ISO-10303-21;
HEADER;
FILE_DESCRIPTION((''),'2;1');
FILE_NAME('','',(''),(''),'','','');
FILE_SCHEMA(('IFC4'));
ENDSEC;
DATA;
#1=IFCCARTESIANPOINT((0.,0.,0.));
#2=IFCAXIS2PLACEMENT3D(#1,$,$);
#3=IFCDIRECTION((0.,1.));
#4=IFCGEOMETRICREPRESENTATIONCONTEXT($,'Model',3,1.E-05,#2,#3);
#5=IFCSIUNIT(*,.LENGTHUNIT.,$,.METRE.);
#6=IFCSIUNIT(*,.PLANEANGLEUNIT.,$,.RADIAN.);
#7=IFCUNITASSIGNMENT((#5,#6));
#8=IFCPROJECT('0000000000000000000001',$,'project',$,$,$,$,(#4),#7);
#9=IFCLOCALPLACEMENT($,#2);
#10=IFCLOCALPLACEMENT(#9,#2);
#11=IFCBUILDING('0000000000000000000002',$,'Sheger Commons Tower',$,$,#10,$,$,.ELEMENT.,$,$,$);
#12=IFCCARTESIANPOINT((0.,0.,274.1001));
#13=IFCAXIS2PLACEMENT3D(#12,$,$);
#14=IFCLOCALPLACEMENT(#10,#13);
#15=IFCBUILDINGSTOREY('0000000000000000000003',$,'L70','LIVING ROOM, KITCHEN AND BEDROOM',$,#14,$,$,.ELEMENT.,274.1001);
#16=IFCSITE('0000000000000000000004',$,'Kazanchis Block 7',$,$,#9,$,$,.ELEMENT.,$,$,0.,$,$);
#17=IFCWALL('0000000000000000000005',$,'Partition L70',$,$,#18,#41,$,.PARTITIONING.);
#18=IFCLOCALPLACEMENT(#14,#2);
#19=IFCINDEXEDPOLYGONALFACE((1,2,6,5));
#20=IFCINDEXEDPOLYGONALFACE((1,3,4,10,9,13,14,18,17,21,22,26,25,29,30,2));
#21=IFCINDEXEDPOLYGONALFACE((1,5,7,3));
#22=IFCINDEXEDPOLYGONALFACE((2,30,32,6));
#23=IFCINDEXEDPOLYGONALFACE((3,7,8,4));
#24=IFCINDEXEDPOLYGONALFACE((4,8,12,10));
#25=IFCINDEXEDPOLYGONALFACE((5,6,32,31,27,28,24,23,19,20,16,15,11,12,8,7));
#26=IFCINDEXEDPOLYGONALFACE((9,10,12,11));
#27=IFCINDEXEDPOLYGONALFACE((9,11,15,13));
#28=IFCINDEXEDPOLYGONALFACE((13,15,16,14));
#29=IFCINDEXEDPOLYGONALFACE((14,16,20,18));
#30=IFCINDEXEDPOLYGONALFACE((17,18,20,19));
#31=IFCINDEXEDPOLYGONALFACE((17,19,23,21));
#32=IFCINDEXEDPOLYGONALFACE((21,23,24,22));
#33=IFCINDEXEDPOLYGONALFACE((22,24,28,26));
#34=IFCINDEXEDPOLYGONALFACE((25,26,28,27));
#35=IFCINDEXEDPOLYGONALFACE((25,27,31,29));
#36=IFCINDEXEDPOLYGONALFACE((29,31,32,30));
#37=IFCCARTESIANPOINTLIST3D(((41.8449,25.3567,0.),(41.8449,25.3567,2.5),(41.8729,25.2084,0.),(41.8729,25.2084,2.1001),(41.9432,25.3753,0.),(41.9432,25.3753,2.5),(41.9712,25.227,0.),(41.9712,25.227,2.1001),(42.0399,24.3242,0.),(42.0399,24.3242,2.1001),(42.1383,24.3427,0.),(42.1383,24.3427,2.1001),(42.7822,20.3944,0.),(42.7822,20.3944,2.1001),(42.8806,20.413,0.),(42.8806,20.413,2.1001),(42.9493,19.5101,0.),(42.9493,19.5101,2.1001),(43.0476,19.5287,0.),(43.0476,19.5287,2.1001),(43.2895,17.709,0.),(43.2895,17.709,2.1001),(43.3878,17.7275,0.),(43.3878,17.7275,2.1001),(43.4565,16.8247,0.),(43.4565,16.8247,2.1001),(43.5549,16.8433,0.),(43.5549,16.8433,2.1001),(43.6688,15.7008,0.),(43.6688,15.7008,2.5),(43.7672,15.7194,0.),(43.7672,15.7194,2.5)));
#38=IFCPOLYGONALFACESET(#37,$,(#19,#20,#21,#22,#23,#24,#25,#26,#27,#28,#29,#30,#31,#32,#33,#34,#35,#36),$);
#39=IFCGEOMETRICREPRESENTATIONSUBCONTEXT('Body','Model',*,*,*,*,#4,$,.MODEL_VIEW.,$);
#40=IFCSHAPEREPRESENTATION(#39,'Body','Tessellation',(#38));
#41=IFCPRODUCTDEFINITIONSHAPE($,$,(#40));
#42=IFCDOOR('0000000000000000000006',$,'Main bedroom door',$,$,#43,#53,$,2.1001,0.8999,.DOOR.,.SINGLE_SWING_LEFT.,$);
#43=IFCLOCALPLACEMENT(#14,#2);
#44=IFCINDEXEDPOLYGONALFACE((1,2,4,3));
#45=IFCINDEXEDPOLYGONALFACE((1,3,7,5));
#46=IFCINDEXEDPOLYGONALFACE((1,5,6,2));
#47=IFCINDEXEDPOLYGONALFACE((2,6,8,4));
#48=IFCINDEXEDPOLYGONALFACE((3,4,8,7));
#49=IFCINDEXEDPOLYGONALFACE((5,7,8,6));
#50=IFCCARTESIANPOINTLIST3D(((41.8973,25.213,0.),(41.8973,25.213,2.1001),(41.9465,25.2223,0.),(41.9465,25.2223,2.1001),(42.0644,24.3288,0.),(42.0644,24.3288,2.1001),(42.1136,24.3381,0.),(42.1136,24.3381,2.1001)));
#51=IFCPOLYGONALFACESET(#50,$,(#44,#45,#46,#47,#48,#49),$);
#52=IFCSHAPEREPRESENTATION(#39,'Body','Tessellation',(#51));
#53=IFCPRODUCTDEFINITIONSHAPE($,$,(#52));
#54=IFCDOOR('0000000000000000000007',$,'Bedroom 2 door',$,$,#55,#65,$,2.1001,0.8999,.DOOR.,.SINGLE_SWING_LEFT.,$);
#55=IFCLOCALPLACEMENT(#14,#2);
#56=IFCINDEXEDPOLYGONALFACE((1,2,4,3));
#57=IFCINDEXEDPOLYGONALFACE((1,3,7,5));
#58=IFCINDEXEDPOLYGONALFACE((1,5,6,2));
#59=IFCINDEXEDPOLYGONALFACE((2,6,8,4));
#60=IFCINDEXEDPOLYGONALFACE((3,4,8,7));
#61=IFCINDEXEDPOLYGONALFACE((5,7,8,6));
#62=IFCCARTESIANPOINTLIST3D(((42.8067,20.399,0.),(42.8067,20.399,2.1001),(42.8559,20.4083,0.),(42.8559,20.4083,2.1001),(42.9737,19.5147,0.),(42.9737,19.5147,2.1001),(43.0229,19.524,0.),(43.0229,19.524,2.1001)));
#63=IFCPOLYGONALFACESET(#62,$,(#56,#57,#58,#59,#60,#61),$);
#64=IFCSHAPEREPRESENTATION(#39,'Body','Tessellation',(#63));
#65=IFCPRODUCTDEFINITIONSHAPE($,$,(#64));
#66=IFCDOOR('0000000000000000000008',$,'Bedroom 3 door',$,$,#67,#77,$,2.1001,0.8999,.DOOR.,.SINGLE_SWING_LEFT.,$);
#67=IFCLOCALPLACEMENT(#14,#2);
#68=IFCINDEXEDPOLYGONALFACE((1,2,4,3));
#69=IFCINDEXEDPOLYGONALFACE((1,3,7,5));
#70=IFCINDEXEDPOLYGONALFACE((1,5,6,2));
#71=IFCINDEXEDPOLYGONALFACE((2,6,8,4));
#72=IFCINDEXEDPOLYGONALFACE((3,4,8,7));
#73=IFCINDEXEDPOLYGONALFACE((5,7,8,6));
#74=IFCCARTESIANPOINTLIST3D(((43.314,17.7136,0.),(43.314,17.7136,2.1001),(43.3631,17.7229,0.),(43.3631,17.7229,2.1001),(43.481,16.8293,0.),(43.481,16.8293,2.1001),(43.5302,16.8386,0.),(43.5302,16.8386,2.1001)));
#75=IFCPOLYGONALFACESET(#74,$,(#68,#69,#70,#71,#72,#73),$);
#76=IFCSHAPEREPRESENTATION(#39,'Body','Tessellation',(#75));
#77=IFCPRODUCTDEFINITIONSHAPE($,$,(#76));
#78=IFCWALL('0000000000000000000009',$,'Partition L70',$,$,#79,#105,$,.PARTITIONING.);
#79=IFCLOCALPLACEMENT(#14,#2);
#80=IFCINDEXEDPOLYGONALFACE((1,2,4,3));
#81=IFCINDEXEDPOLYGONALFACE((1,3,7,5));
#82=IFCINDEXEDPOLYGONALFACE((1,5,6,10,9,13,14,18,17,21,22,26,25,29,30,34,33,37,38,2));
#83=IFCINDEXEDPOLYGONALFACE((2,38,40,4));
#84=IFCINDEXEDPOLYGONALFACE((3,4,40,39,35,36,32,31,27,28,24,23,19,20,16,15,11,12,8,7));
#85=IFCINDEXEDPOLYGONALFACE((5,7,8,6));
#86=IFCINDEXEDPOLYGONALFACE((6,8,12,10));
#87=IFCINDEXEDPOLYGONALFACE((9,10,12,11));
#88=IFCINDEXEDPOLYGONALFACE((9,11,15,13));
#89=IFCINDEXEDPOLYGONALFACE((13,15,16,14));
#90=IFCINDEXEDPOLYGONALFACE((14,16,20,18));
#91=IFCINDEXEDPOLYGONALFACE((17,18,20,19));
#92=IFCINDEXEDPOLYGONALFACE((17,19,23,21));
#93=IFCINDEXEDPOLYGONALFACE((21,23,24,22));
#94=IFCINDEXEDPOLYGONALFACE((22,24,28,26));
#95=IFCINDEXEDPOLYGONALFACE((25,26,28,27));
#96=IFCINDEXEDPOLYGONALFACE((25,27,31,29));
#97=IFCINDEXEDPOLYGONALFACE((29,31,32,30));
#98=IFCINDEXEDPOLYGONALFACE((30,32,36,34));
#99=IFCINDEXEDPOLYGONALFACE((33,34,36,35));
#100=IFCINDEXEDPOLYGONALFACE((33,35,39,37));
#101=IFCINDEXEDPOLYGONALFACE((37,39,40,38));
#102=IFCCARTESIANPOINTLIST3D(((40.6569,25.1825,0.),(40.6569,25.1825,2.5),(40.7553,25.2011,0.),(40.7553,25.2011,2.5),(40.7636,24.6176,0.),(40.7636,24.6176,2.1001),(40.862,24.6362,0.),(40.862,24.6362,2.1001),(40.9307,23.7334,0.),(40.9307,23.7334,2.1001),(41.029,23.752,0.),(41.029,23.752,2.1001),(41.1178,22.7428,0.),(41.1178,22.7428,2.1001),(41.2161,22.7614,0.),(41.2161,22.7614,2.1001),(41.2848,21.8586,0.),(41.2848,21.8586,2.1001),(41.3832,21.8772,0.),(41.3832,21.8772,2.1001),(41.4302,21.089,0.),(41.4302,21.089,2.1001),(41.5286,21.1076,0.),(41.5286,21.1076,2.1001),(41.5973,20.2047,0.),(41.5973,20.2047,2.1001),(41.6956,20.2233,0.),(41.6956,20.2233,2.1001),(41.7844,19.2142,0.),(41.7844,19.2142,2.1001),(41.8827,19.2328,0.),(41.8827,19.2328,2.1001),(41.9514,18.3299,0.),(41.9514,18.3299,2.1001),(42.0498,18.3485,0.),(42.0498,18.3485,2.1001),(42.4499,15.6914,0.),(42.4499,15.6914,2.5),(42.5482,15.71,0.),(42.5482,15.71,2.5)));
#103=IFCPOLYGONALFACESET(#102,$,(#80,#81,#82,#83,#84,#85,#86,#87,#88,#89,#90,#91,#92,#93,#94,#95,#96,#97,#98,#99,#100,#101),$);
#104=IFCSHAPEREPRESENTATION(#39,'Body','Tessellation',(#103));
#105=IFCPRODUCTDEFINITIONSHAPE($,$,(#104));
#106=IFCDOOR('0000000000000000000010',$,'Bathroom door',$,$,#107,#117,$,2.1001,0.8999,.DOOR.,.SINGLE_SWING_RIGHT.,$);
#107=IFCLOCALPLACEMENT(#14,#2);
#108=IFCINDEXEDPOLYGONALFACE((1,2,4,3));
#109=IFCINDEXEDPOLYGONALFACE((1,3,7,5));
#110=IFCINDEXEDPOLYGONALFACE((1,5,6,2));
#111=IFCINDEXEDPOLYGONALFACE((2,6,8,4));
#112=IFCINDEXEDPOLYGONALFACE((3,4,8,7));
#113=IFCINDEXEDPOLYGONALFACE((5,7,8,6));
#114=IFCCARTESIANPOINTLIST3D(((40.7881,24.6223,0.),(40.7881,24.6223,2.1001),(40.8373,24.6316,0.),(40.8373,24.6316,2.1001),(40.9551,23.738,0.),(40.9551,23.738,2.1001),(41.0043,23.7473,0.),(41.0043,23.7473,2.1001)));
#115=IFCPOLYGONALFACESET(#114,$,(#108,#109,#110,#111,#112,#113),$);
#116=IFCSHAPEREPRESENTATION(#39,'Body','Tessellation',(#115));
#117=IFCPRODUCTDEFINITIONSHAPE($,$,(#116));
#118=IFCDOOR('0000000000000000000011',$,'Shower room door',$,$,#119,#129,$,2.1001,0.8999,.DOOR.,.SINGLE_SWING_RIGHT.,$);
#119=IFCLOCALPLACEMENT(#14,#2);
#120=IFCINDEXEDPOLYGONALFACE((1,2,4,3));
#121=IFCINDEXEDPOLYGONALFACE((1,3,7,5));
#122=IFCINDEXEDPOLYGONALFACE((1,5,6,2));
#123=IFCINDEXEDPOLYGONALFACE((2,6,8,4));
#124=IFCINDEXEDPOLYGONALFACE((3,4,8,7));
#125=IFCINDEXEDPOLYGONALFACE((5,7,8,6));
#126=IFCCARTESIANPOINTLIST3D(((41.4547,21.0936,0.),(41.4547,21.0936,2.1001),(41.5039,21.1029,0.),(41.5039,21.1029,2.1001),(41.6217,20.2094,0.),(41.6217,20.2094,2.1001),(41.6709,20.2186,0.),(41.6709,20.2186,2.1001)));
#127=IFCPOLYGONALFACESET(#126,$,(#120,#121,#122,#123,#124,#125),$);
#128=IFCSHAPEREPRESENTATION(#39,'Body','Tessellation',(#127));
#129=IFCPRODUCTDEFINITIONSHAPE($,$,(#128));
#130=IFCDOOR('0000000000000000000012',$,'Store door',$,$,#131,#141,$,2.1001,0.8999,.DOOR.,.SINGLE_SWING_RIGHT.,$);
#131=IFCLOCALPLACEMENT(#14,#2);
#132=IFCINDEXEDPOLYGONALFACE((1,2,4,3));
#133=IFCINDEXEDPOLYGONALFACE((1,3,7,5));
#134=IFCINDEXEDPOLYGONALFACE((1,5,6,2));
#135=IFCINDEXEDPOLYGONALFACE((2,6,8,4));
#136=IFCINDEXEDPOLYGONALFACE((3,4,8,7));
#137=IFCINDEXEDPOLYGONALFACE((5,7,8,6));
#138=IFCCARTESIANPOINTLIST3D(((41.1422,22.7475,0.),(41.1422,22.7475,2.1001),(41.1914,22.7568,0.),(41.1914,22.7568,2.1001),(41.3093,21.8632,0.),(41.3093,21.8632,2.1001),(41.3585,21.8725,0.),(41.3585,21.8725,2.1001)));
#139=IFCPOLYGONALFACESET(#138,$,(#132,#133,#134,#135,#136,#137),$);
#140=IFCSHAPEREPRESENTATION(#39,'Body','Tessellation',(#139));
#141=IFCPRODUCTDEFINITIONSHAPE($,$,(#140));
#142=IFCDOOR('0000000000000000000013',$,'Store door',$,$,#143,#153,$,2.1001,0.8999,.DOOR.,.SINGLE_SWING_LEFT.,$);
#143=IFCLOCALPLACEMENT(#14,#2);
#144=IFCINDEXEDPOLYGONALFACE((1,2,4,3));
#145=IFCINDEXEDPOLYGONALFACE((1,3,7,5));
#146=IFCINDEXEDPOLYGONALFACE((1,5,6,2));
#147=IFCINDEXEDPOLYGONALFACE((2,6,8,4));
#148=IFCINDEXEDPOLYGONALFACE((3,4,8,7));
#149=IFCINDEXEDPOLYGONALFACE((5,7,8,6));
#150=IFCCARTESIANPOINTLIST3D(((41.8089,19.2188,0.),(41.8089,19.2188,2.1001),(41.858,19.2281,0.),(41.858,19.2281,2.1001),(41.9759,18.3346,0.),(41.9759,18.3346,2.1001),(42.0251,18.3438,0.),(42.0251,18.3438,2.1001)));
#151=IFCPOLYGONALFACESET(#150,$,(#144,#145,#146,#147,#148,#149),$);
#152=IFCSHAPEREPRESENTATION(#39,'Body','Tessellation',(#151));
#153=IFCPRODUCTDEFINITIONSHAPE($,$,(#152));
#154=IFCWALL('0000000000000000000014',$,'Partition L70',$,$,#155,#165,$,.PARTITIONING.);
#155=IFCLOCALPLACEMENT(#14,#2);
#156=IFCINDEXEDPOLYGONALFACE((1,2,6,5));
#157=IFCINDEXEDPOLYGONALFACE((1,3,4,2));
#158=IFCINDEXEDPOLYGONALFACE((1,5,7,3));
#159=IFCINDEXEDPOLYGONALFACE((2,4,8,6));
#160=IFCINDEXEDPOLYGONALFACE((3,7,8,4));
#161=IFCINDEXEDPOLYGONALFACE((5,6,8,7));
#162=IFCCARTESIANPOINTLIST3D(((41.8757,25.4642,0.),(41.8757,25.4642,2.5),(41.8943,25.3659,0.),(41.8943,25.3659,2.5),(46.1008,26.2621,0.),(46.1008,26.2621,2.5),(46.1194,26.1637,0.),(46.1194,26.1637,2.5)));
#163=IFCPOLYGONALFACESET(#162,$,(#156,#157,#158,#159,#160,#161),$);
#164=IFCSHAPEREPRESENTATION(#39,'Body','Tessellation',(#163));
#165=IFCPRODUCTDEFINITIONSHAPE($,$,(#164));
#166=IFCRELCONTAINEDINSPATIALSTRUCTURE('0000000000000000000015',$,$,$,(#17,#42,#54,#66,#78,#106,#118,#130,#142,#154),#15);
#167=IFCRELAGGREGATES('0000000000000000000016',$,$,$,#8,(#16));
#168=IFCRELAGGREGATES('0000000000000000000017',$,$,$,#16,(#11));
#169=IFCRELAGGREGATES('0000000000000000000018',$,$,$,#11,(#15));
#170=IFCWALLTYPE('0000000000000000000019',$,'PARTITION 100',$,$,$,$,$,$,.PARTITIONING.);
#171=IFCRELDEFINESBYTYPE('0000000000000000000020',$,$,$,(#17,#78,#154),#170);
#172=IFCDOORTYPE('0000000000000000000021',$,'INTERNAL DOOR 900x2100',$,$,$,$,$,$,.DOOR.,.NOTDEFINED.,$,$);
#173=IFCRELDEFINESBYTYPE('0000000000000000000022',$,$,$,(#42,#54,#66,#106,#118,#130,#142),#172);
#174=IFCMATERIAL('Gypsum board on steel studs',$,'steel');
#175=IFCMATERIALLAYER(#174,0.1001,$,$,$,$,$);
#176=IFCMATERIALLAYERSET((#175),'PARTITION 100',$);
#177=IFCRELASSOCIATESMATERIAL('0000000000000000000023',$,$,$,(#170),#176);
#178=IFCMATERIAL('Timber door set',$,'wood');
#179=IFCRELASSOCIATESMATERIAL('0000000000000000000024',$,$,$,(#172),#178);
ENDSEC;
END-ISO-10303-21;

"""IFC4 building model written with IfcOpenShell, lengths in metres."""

from ifc_helpers import new_model, si_unit, direction, frame, frame_2d, origin, place, context, subcontext, project, spatial, rectangle, extrude, material, layer, layer_set, type_object, element, fill, save


model = new_model("IFC4")

# Units and contexts
model_context = context("Model", 3, precision=1e-05, world=origin(), true_north=direction((0.0, 1.0)))
body_context = subcontext(model_context, "Body", "Model", "MODEL_VIEW")
ifc_project = project(units=[si_unit("LENGTHUNIT", "METRE"), si_unit("PLANEANGLEUNIT", "RADIAN")], contexts=[model_context])

# Site, building, storey
site_placement = place(None, origin())
site = spatial("IfcSite", under=ifc_project, at=site_placement, Name="Kazanchis Block 7", CompositionType="ELEMENT", RefElevation=0.0)
building_placement = place(site_placement, origin())
building = spatial("IfcBuilding", under=site, at=building_placement, Name="Sheger Commons Tower", CompositionType="ELEMENT")
storey_placement = place(building_placement, frame((0.0, 0.0, 274.1001)))
storey = spatial("IfcBuildingStorey", under=building, at=storey_placement, Name="L70", Description="LIVING ROOM, KITCHEN AND BEDROOM", CompositionType="ELEMENT", Elevation=274.1001)

# Walls, openings, doors
ifc_material_1 = material(Name="Gypsum board on steel studs", Category="steel")
ifc_layer_1 = layer(ifc_material_1, 0.1001)
ifc_layer_set_1 = layer_set([ifc_layer_1], Name="PARTITION 100")
wall_type_1 = type_object("IfcWallType", Name="PARTITION 100", PredefinedType="PARTITIONING", material=ifc_layer_set_1)
wall_1_placement = place(storey_placement, frame((41.894, 25.366, 0.0), z_axis=(0.0, 0.0, 1.0), x_axis=(0.185613, -0.982623, 0.0)))
wall_1 = element("IfcWall", 1, at=wall_1_placement, inside=storey, type_object=wall_type_1, Name="Partition L70", PredefinedType="PARTITIONING", context=body_context, shape_type="SweptSolid", body=[
    extrude(rectangle(XDim=9.8267, YDim=0.1001, at=frame_2d((4.9133, 0.0))), origin(), (0.0, 0.0, 1.0), 2.5),
])
opening_1_placement = place(wall_1_placement, frame((0.1509, 0.0, 0.0)))
opening_1 = element("IfcOpeningElement", 2, at=opening_1_placement, cuts=wall_1, PredefinedType="OPENING", context=body_context, shape_type="SweptSolid", body=[
    extrude(rectangle(XDim=0.8999, YDim=2.1001, at=frame_2d((0.45, 1.05))), frame((0.0, 0.0601, 0.0), z_axis=(0.0, -1.0, 0.0), x_axis=(1.0, 0.0, 0.0)), (0.0, 0.0, 1.0), 0.1201),
])
opening_2_placement = place(wall_1_placement, frame((5.05, 0.0, 0.0)))
opening_2 = element("IfcOpeningElement", 3, at=opening_2_placement, cuts=wall_1, PredefinedType="OPENING", context=body_context, shape_type="SweptSolid", body=[
    extrude(rectangle(XDim=0.8999, YDim=2.1001, at=frame_2d((0.45, 1.05))), frame((0.0, 0.0601, 0.0), z_axis=(0.0, -1.0, 0.0), x_axis=(1.0, 0.0, 0.0)), (0.0, 0.0, 1.0), 0.1201),
])
opening_3_placement = place(wall_1_placement, frame((7.783, 0.0, 0.0)))
opening_3 = element("IfcOpeningElement", 4, at=opening_3_placement, cuts=wall_1, PredefinedType="OPENING", context=body_context, shape_type="SweptSolid", body=[
    extrude(rectangle(XDim=0.8999, YDim=2.1001, at=frame_2d((0.45, 1.05))), frame((0.0, 0.0601, 0.0), z_axis=(0.0, -1.0, 0.0), x_axis=(1.0, 0.0, 0.0)), (0.0, 0.0, 1.0), 0.1201),
])
ifc_material_2 = material(Name="Timber door set", Category="wood")
door_type = type_object("IfcDoorType", Name="INTERNAL DOOR 900x2100", OperationType="NOTDEFINED", PredefinedType="DOOR", material=ifc_material_2)
door_1_placement = place(opening_1_placement, origin())
door_1 = element("IfcDoor", 5, at=door_1_placement, inside=storey, type_object=door_type, Name="Main bedroom door", OperationType="SINGLE_SWING_LEFT", OverallHeight=2.1001, OverallWidth=0.8999, PredefinedType="DOOR", context=body_context, shape_type="SweptSolid", body=[
    extrude(rectangle(XDim=0.8999, YDim=2.1001, at=frame_2d((0.45, 1.05))), frame((0.0, 0.0249, 0.0), z_axis=(0.0, -1.0, 0.0), x_axis=(1.0, 0.0, 0.0)), (0.0, 0.0, 1.0), 0.05),
])
fill(opening_1, door_1)
door_2_placement = place(opening_2_placement, origin())
door_2 = element("IfcDoor", 6, at=door_2_placement, inside=storey, type_object=door_type, Name="Bedroom 2 door", OperationType="SINGLE_SWING_LEFT", OverallHeight=2.1001, OverallWidth=0.8999, PredefinedType="DOOR", context=body_context, shape_type="SweptSolid", body=[
    extrude(rectangle(XDim=0.8999, YDim=2.1001, at=frame_2d((0.45, 1.05))), frame((0.0, 0.0249, 0.0), z_axis=(0.0, -1.0, 0.0), x_axis=(1.0, 0.0, 0.0)), (0.0, 0.0, 1.0), 0.05),
])
fill(opening_2, door_2)
door_3_placement = place(opening_3_placement, origin())
door_3 = element("IfcDoor", 7, at=door_3_placement, inside=storey, type_object=door_type, Name="Bedroom 3 door", OperationType="SINGLE_SWING_LEFT", OverallHeight=2.1001, OverallWidth=0.8999, PredefinedType="DOOR", context=body_context, shape_type="SweptSolid", body=[
    extrude(rectangle(XDim=0.8999, YDim=2.1001, at=frame_2d((0.45, 1.05))), frame((0.0, 0.0249, 0.0), z_axis=(0.0, -1.0, 0.0), x_axis=(1.0, 0.0, 0.0)), (0.0, 0.0, 1.0), 0.05),
])
fill(opening_3, door_3)
wall_2_placement = place(storey_placement, frame((40.7061, 25.1919, 0.0), z_axis=(0.0, 0.0, 1.0), x_axis=(0.18563, -0.98262, 0.0)))
wall_2 = element("IfcWall", 8, at=wall_2_placement, inside=storey, type_object=wall_type_1, Name="Partition L70", PredefinedType="PARTITIONING", context=body_context, shape_type="SweptSolid", body=[
    extrude(rectangle(XDim=9.6589, YDim=0.1001, at=frame_2d((4.8296, 0.0))), origin(), (0.0, 0.0, 1.0), 2.5),
])
opening_4_placement = place(wall_2_placement, frame((0.575, 0.0, 0.0)))
opening_4 = element("IfcOpeningElement", 9, at=opening_4_placement, cuts=wall_2, PredefinedType="OPENING", context=body_context, shape_type="SweptSolid", body=[
    extrude(rectangle(XDim=0.8999, YDim=2.1001, at=frame_2d((0.45, 1.05))), frame((0.0, 0.0601, 0.0), z_axis=(0.0, -1.0, 0.0), x_axis=(1.0, 0.0, 0.0)), (0.0, 0.0, 1.0), 0.1201),
])
opening_5_placement = place(wall_2_placement, frame((4.166, 0.0, 0.0)))
opening_5 = element("IfcOpeningElement", 10, at=opening_5_placement, cuts=wall_2, PredefinedType="OPENING", context=body_context, shape_type="SweptSolid", body=[
    extrude(rectangle(XDim=0.8999, YDim=2.1001, at=frame_2d((0.45, 1.05))), frame((0.0, 0.0601, 0.0), z_axis=(0.0, -1.0, 0.0), x_axis=(1.0, 0.0, 0.0)), (0.0, 0.0, 1.0), 0.1201),
])
opening_6_placement = place(wall_2_placement, frame((2.4829, 0.0, 0.0)))
opening_6 = element("IfcOpeningElement", 11, at=opening_6_placement, cuts=wall_2, PredefinedType="OPENING", context=body_context, shape_type="SweptSolid", body=[
    extrude(rectangle(XDim=0.8999, YDim=2.1001, at=frame_2d((0.45, 1.05))), frame((0.0, 0.0601, 0.0), z_axis=(0.0, -1.0, 0.0), x_axis=(1.0, 0.0, 0.0)), (0.0, 0.0, 1.0), 0.1201),
])
opening_7_placement = place(wall_2_placement, frame((6.074, 0.0, 0.0)))
opening_7 = element("IfcOpeningElement", 12, at=opening_7_placement, cuts=wall_2, PredefinedType="OPENING", context=body_context, shape_type="SweptSolid", body=[
    extrude(rectangle(XDim=0.8999, YDim=2.1001, at=frame_2d((0.45, 1.05))), frame((0.0, 0.0601, 0.0), z_axis=(0.0, -1.0, 0.0), x_axis=(1.0, 0.0, 0.0)), (0.0, 0.0, 1.0), 0.1201),
])
door_4_placement = place(opening_4_placement, origin())
door_4 = element("IfcDoor", 13, at=door_4_placement, inside=storey, type_object=door_type, Name="Bathroom door", OperationType="SINGLE_SWING_RIGHT", OverallHeight=2.1001, OverallWidth=0.8999, PredefinedType="DOOR", context=body_context, shape_type="SweptSolid", body=[
    extrude(rectangle(XDim=0.8999, YDim=2.1001, at=frame_2d((0.45, 1.05))), frame((0.0, 0.0249, 0.0), z_axis=(0.0, -1.0, 0.0), x_axis=(1.0, 0.0, 0.0)), (0.0, 0.0, 1.0), 0.05),
])
fill(opening_4, door_4)
door_5_placement = place(opening_5_placement, origin())
door_5 = element("IfcDoor", 14, at=door_5_placement, inside=storey, type_object=door_type, Name="Shower room door", OperationType="SINGLE_SWING_RIGHT", OverallHeight=2.1001, OverallWidth=0.8999, PredefinedType="DOOR", context=body_context, shape_type="SweptSolid", body=[
    extrude(rectangle(XDim=0.8999, YDim=2.1001, at=frame_2d((0.45, 1.05))), frame((0.0, 0.0249, 0.0), z_axis=(0.0, -1.0, 0.0), x_axis=(1.0, 0.0, 0.0)), (0.0, 0.0, 1.0), 0.05),
])
fill(opening_5, door_5)
door_6_placement = place(opening_6_placement, origin())
door_6 = element("IfcDoor", 15, at=door_6_placement, inside=storey, type_object=door_type, Name="Store door", OperationType="SINGLE_SWING_RIGHT", OverallHeight=2.1001, OverallWidth=0.8999, PredefinedType="DOOR", context=body_context, shape_type="SweptSolid", body=[
    extrude(rectangle(XDim=0.8999, YDim=2.1001, at=frame_2d((0.45, 1.05))), frame((0.0, 0.0249, 0.0), z_axis=(0.0, -1.0, 0.0), x_axis=(1.0, 0.0, 0.0)), (0.0, 0.0, 1.0), 0.05),
])
fill(opening_6, door_6)
door_7_placement = place(opening_7_placement, origin())
door_7 = element("IfcDoor", 16, at=door_7_placement, inside=storey, type_object=door_type, Name="Store door", OperationType="SINGLE_SWING_LEFT", OverallHeight=2.1001, OverallWidth=0.8999, PredefinedType="DOOR", context=body_context, shape_type="SweptSolid", body=[
    extrude(rectangle(XDim=0.8999, YDim=2.1001, at=frame_2d((0.45, 1.05))), frame((0.0, 0.0249, 0.0), z_axis=(0.0, -1.0, 0.0), x_axis=(1.0, 0.0, 0.0)), (0.0, 0.0, 1.0), 0.05),
])
fill(opening_7, door_7)

# Wall
wall_3_placement = place(storey_placement, frame((46.1101, 26.2129, 0.0), z_axis=(0.0, 0.0, 1.0), x_axis=(-0.982634, -0.185557, 0.0)))
element("IfcWall", 17, at=wall_3_placement, inside=storey, type_object=wall_type_1, Name="Partition L70", PredefinedType="PARTITIONING", context=body_context, shape_type="SweptSolid", body=[
    extrude(rectangle(XDim=4.2998, YDim=0.1001, at=frame_2d((2.1499, 0.0))), origin(), (0.0, 0.0, 1.0), 2.5),
])

save(model, "model.ifc")
